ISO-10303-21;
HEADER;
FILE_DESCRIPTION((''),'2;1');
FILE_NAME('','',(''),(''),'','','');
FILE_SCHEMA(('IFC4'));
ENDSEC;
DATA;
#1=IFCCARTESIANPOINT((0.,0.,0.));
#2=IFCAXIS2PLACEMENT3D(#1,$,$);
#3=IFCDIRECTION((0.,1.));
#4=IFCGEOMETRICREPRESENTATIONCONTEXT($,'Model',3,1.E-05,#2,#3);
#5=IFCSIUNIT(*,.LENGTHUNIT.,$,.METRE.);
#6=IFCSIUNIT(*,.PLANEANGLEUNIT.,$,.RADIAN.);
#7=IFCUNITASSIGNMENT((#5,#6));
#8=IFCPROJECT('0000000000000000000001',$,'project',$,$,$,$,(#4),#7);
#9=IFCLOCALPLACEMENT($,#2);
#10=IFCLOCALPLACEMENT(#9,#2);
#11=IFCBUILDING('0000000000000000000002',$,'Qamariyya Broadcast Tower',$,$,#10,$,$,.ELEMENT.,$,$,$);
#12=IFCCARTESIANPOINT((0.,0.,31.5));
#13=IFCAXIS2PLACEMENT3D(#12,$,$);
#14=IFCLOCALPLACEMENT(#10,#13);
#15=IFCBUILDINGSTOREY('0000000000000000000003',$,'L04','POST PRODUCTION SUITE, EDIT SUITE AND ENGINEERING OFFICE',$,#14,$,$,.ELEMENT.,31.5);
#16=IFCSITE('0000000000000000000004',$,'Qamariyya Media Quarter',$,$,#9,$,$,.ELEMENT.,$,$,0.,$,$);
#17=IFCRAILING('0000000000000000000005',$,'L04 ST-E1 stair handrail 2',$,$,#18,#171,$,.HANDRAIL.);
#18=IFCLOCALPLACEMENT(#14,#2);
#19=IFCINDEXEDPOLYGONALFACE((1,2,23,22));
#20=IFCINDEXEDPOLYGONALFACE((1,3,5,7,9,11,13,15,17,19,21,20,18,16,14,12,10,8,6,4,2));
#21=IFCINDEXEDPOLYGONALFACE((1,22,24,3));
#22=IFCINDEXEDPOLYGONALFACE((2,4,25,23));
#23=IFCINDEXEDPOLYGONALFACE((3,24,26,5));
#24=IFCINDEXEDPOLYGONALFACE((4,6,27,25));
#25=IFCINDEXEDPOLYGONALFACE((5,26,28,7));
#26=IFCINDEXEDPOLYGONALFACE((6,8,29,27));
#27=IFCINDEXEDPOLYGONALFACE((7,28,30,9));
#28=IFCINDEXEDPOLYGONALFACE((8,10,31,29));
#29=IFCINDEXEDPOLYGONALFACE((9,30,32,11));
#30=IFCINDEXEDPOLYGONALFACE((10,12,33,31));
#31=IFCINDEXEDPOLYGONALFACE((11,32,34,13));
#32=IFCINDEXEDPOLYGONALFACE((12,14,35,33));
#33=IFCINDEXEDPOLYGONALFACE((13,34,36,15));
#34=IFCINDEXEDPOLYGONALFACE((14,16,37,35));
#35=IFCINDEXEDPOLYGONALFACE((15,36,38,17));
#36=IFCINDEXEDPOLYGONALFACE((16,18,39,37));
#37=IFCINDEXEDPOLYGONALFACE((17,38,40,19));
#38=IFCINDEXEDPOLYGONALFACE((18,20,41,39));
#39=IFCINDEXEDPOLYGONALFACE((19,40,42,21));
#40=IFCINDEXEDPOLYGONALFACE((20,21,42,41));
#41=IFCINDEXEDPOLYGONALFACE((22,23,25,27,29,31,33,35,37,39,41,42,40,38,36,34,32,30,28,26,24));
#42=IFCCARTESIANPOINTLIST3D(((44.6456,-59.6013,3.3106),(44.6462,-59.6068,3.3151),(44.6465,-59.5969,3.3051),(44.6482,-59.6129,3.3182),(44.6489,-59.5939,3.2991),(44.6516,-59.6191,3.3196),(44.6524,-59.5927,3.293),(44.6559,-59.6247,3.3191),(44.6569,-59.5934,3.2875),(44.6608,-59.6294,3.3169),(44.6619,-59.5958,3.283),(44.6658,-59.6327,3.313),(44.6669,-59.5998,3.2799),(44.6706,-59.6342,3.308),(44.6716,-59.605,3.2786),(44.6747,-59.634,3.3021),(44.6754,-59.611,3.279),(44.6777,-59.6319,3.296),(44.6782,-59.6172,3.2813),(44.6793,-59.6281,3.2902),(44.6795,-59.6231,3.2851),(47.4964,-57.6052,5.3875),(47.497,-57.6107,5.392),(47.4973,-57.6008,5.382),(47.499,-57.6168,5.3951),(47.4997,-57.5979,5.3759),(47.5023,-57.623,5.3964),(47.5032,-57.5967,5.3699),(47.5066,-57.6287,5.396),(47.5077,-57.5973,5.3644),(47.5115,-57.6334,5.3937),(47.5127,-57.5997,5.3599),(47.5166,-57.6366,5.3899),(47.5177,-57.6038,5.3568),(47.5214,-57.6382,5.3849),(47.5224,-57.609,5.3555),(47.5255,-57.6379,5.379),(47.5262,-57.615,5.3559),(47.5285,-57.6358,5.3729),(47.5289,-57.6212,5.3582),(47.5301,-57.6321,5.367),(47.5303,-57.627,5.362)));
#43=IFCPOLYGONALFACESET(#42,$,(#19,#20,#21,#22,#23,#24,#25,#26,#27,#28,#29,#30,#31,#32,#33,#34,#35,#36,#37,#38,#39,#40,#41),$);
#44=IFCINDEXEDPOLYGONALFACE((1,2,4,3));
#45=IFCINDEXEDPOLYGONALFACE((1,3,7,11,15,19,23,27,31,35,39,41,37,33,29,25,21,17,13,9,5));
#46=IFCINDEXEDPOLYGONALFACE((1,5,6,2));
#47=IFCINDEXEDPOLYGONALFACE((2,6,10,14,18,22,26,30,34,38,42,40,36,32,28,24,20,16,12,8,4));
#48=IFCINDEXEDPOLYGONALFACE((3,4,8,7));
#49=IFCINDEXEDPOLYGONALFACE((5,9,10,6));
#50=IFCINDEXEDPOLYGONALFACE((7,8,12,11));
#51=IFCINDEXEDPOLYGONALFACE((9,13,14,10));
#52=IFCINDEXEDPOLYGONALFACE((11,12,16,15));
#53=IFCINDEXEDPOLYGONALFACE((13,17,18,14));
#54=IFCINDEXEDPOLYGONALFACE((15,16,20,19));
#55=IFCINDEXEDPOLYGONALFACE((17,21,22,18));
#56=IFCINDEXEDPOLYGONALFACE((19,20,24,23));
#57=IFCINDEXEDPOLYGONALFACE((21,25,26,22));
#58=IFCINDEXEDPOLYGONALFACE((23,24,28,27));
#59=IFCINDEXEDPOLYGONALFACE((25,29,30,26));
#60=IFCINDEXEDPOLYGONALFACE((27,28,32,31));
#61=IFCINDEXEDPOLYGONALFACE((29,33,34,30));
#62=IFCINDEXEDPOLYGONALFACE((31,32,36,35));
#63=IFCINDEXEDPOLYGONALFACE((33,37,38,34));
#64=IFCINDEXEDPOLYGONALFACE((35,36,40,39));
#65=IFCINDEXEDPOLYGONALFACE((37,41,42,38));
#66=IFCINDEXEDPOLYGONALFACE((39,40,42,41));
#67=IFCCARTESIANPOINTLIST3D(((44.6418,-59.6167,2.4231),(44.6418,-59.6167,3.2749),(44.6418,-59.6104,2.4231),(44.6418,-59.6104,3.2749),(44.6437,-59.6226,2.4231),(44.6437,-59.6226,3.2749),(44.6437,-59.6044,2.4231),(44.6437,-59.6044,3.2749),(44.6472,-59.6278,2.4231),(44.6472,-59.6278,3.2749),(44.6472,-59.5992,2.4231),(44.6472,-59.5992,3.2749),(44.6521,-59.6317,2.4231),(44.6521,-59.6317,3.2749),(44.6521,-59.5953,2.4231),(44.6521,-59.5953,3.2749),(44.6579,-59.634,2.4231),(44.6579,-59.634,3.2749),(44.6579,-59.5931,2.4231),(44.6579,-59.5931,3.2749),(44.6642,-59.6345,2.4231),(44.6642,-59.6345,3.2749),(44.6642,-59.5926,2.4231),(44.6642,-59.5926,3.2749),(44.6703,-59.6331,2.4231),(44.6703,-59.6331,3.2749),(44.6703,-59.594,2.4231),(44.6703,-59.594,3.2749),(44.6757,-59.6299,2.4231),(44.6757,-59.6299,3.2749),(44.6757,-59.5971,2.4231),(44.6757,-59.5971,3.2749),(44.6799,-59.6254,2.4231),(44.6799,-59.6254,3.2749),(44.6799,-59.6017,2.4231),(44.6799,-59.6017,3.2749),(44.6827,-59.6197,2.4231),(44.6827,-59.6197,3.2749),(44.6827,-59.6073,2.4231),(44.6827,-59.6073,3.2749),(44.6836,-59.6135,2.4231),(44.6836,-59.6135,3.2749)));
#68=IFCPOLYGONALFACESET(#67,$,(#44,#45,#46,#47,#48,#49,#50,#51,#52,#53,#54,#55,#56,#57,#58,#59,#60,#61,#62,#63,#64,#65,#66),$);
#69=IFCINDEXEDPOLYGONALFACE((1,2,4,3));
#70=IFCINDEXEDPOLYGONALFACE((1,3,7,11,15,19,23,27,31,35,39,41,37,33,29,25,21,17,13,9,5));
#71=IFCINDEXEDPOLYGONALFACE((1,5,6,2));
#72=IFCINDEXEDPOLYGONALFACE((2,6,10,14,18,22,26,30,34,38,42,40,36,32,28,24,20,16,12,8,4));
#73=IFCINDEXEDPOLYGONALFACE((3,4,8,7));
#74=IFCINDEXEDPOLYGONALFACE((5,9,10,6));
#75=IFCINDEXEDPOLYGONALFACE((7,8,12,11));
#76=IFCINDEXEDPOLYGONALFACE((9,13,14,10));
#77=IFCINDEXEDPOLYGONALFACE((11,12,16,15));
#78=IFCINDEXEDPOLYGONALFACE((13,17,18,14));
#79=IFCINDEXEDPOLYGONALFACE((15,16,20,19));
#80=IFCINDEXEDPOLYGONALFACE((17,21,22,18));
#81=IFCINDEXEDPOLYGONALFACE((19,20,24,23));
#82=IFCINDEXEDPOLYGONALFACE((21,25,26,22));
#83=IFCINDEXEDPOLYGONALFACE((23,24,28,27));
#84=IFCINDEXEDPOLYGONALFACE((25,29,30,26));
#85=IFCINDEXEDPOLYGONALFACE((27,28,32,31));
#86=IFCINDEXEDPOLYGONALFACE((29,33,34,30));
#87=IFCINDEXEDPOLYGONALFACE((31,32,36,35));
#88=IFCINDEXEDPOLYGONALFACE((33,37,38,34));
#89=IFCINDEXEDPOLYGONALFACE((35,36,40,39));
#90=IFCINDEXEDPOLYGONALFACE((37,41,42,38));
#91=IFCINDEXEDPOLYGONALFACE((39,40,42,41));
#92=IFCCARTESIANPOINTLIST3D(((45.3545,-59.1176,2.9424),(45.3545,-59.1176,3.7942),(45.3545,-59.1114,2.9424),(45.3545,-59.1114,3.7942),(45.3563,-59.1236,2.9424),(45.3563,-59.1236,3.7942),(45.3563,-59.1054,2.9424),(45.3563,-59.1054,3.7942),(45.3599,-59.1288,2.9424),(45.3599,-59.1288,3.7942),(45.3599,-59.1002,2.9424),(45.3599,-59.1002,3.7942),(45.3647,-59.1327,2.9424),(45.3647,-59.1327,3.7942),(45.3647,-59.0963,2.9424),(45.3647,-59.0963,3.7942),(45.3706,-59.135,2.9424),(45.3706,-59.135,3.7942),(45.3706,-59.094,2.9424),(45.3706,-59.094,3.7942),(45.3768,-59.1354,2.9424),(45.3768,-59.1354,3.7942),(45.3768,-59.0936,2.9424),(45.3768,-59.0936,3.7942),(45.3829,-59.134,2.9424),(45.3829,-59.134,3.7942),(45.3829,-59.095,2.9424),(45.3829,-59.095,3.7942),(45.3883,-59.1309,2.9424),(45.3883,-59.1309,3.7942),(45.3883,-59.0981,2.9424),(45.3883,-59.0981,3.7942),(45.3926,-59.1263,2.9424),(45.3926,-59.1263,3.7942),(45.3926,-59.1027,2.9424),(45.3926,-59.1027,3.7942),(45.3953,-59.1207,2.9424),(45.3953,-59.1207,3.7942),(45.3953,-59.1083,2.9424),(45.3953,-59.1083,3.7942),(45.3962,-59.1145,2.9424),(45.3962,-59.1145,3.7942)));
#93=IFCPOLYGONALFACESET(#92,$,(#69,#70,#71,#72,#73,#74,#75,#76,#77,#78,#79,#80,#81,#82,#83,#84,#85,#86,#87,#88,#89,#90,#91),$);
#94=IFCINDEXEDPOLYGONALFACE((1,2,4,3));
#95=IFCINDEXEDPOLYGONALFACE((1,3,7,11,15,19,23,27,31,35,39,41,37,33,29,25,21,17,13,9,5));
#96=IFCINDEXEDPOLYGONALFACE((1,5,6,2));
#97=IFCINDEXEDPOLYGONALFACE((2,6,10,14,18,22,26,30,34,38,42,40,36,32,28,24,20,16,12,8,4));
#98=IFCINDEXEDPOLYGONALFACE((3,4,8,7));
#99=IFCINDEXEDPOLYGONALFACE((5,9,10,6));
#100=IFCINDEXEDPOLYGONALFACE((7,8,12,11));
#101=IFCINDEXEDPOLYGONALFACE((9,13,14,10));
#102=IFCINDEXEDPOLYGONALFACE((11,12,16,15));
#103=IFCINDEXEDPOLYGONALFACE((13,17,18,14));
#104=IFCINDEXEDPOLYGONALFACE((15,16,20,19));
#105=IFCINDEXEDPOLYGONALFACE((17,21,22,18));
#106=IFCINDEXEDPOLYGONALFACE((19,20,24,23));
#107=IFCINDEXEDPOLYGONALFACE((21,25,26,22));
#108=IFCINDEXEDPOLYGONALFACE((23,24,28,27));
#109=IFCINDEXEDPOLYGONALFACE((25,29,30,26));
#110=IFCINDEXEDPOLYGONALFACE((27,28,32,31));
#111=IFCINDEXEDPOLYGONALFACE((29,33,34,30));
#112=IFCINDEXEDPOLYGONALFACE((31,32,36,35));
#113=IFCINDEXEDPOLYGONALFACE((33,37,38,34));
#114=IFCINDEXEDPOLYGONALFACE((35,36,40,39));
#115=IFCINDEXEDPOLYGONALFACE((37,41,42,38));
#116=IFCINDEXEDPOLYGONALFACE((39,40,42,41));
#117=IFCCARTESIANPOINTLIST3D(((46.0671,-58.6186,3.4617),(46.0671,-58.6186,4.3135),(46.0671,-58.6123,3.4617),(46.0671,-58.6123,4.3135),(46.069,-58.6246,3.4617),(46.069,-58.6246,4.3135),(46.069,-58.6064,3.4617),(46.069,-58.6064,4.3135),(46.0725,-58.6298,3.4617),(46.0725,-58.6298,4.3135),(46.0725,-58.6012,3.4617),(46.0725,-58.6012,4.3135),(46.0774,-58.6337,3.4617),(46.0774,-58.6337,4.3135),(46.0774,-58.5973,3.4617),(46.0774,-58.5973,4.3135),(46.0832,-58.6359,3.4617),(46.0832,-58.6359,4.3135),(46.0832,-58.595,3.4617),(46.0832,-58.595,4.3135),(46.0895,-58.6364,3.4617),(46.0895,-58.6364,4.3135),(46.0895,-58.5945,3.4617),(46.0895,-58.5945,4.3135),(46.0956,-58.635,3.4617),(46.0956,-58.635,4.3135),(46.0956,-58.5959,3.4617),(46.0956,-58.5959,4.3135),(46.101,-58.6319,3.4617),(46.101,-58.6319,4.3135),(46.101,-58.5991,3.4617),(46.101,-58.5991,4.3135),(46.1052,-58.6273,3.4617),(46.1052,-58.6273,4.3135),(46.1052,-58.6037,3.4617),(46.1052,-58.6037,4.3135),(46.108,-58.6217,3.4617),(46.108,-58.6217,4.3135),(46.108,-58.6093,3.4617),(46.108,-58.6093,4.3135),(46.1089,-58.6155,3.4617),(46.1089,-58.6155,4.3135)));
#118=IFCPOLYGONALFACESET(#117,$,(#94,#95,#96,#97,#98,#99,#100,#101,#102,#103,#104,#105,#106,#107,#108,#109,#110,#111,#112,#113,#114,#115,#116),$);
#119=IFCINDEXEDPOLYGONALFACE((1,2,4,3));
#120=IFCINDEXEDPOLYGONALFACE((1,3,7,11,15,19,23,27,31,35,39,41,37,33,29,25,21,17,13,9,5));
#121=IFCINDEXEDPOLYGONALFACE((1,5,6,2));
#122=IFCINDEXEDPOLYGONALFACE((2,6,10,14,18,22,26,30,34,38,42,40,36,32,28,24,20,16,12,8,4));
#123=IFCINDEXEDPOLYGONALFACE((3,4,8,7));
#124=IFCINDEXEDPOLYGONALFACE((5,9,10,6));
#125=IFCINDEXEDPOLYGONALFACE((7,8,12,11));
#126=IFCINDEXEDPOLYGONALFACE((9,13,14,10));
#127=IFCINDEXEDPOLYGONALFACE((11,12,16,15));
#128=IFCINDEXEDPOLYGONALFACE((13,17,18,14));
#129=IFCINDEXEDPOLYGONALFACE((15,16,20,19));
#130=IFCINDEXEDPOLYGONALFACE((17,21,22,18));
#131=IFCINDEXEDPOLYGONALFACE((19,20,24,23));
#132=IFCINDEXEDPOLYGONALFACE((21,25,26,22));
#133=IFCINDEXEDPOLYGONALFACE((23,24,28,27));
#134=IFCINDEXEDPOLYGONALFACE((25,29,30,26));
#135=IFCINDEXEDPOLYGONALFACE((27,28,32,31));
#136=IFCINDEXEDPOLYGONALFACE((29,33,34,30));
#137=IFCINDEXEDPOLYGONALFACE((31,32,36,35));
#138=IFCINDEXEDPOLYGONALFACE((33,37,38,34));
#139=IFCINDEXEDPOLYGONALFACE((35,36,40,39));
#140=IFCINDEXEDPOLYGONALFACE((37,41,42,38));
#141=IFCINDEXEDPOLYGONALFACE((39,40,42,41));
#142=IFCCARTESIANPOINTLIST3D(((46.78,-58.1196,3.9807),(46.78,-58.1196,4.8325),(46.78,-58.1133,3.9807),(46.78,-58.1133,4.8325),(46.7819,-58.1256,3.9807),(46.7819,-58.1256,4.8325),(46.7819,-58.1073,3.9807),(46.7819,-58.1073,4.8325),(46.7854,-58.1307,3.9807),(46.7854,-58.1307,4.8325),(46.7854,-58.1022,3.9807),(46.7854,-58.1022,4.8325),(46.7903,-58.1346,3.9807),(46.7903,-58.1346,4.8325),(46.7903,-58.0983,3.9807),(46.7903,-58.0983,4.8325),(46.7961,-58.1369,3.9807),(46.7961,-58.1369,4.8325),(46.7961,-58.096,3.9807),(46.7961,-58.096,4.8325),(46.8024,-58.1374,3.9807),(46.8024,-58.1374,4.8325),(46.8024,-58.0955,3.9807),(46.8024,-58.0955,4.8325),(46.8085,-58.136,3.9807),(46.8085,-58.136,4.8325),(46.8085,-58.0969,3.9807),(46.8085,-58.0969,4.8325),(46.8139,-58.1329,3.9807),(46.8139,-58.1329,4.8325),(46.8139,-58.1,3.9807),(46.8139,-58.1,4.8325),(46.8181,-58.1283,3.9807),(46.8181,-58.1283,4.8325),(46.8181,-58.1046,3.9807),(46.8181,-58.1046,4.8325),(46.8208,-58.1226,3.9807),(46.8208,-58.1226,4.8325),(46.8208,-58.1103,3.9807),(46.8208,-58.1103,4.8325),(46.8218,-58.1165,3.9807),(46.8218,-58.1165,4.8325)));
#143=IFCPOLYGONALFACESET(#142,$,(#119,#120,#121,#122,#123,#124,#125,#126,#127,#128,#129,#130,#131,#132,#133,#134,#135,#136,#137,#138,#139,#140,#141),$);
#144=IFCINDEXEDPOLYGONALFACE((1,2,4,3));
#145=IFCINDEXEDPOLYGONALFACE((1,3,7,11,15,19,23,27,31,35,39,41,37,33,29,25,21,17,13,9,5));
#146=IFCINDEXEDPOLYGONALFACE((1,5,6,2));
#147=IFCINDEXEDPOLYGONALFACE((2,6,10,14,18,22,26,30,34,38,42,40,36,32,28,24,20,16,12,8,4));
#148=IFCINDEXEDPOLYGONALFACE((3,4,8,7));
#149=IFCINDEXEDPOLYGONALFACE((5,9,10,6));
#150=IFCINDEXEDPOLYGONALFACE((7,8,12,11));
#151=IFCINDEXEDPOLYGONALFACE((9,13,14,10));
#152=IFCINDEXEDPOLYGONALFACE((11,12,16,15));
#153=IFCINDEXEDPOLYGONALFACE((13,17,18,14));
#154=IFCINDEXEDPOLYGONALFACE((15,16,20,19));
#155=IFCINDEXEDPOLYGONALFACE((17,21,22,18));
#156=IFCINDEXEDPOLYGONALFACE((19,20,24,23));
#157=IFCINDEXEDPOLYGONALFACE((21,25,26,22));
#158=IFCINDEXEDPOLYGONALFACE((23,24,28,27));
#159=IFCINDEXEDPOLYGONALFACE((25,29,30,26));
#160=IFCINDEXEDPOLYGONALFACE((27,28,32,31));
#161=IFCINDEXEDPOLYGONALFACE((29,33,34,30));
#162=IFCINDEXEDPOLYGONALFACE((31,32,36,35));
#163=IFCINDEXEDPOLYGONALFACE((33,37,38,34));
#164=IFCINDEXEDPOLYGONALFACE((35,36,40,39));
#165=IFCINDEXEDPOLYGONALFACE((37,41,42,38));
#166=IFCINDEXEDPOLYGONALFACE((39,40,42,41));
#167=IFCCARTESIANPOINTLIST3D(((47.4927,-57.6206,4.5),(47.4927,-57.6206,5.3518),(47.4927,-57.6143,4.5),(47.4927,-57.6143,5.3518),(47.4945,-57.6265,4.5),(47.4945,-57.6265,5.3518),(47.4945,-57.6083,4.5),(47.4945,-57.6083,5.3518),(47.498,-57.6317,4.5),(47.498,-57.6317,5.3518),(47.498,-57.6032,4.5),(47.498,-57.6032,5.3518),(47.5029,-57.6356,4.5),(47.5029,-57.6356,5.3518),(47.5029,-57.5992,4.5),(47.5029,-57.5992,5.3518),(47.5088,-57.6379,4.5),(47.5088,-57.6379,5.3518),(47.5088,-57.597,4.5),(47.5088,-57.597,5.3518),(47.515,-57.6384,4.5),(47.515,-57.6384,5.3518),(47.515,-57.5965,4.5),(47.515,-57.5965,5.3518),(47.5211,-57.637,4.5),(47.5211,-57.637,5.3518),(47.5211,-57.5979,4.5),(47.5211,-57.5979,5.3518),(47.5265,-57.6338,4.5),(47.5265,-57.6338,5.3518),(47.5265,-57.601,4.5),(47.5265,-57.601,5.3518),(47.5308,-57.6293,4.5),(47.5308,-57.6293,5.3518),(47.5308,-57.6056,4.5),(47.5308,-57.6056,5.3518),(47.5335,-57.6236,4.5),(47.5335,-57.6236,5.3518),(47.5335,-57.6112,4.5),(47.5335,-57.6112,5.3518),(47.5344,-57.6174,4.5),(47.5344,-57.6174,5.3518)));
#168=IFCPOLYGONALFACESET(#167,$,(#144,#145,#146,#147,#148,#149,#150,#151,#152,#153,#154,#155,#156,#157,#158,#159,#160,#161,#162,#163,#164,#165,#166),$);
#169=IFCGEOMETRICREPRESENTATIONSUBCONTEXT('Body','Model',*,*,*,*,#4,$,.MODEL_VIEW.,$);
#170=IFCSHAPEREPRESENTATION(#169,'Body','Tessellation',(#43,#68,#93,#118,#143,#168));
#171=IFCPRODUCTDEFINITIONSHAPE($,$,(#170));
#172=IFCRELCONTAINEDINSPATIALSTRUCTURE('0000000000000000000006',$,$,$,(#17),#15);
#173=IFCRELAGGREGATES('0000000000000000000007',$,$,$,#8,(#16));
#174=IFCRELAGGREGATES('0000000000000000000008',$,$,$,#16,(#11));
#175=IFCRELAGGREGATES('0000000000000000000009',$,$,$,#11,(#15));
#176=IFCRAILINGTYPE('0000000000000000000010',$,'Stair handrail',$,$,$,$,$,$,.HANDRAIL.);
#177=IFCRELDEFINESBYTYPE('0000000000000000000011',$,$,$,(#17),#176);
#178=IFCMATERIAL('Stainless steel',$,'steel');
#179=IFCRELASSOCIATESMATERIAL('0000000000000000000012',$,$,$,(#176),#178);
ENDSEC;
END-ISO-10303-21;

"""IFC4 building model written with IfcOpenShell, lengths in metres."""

from ifc_helpers import new_model, si_unit, direction, frame, origin, origin_2d, place, context, subcontext, project, spatial, circle, extrude, material, type_object, element, save


model = new_model("IFC4")

# Units and contexts
model_context = context("Model", 3, precision=1e-05, world=origin(), true_north=direction((0.0, 1.0)))
body_context = subcontext(model_context, "Body", "Model", "MODEL_VIEW")
ifc_project = project(units=[si_unit("LENGTHUNIT", "METRE"), si_unit("PLANEANGLEUNIT", "RADIAN")], contexts=[model_context])

# Site, building, storey
site_placement = place(None, origin())
site = spatial("IfcSite", under=ifc_project, at=site_placement, Name="Qamariyya Media Quarter", CompositionType="ELEMENT", RefElevation=0.0)
building_placement = place(site_placement, origin())
building = spatial("IfcBuilding", under=site, at=building_placement, Name="Qamariyya Broadcast Tower", CompositionType="ELEMENT")
storey_placement = place(building_placement, frame((0.0, 0.0, 31.5)))
storey = spatial("IfcBuildingStorey", under=building, at=storey_placement, Name="L04", Description="POST PRODUCTION SUITE, EDIT SUITE AND ENGINEERING OFFICE", CompositionType="ELEMENT", Elevation=31.5)

# Railing
ifc_material_1 = material(Name="Stainless steel", Category="steel")
railing_type_1 = type_object("IfcRailingType", Name="Stair handrail", PredefinedType="HANDRAIL", material=ifc_material_1)
railing_1_placement = place(storey_placement, frame((44.6626, -59.6135, 2.4231)))
element("IfcRailing", 1, at=railing_1_placement, inside=storey, type_object=railing_type_1, Name="L04 ST-E1 stair handrail 2", PredefinedType="HANDRAIL", context=body_context, shape_type="SweptSolid", body=[
    extrude(circle(Radius=0.0239, at=origin_2d()), frame((0.0, 0.0, 0.876), z_axis=(0.703423, 0.492523, 0.512462), x_axis=(-0.573561, 0.819163, 0.0)), (0.0, 0.0, 1.0), 4.0527),
    extrude(circle(Radius=0.021, at=origin_2d()), origin(), (0.0, 0.0, 1.0), 0.8518),
    extrude(circle(Radius=0.021, at=origin_2d()), frame((0.7126, 0.499, 0.5193)), (0.0, 0.0, 1.0), 0.8518),
    extrude(circle(Radius=0.021, at=origin_2d()), frame((1.4253, 0.998, 1.0386)), (0.0, 0.0, 1.0), 0.8518),
    extrude(circle(Radius=0.021, at=origin_2d()), frame((2.1382, 1.4971, 1.5576)), (0.0, 0.0, 1.0), 0.8518),
    extrude(circle(Radius=0.021, at=origin_2d()), frame((2.8508, 1.9961, 2.0769)), (0.0, 0.0, 1.0), 0.8518),
])

save(model, "model.ifc")
